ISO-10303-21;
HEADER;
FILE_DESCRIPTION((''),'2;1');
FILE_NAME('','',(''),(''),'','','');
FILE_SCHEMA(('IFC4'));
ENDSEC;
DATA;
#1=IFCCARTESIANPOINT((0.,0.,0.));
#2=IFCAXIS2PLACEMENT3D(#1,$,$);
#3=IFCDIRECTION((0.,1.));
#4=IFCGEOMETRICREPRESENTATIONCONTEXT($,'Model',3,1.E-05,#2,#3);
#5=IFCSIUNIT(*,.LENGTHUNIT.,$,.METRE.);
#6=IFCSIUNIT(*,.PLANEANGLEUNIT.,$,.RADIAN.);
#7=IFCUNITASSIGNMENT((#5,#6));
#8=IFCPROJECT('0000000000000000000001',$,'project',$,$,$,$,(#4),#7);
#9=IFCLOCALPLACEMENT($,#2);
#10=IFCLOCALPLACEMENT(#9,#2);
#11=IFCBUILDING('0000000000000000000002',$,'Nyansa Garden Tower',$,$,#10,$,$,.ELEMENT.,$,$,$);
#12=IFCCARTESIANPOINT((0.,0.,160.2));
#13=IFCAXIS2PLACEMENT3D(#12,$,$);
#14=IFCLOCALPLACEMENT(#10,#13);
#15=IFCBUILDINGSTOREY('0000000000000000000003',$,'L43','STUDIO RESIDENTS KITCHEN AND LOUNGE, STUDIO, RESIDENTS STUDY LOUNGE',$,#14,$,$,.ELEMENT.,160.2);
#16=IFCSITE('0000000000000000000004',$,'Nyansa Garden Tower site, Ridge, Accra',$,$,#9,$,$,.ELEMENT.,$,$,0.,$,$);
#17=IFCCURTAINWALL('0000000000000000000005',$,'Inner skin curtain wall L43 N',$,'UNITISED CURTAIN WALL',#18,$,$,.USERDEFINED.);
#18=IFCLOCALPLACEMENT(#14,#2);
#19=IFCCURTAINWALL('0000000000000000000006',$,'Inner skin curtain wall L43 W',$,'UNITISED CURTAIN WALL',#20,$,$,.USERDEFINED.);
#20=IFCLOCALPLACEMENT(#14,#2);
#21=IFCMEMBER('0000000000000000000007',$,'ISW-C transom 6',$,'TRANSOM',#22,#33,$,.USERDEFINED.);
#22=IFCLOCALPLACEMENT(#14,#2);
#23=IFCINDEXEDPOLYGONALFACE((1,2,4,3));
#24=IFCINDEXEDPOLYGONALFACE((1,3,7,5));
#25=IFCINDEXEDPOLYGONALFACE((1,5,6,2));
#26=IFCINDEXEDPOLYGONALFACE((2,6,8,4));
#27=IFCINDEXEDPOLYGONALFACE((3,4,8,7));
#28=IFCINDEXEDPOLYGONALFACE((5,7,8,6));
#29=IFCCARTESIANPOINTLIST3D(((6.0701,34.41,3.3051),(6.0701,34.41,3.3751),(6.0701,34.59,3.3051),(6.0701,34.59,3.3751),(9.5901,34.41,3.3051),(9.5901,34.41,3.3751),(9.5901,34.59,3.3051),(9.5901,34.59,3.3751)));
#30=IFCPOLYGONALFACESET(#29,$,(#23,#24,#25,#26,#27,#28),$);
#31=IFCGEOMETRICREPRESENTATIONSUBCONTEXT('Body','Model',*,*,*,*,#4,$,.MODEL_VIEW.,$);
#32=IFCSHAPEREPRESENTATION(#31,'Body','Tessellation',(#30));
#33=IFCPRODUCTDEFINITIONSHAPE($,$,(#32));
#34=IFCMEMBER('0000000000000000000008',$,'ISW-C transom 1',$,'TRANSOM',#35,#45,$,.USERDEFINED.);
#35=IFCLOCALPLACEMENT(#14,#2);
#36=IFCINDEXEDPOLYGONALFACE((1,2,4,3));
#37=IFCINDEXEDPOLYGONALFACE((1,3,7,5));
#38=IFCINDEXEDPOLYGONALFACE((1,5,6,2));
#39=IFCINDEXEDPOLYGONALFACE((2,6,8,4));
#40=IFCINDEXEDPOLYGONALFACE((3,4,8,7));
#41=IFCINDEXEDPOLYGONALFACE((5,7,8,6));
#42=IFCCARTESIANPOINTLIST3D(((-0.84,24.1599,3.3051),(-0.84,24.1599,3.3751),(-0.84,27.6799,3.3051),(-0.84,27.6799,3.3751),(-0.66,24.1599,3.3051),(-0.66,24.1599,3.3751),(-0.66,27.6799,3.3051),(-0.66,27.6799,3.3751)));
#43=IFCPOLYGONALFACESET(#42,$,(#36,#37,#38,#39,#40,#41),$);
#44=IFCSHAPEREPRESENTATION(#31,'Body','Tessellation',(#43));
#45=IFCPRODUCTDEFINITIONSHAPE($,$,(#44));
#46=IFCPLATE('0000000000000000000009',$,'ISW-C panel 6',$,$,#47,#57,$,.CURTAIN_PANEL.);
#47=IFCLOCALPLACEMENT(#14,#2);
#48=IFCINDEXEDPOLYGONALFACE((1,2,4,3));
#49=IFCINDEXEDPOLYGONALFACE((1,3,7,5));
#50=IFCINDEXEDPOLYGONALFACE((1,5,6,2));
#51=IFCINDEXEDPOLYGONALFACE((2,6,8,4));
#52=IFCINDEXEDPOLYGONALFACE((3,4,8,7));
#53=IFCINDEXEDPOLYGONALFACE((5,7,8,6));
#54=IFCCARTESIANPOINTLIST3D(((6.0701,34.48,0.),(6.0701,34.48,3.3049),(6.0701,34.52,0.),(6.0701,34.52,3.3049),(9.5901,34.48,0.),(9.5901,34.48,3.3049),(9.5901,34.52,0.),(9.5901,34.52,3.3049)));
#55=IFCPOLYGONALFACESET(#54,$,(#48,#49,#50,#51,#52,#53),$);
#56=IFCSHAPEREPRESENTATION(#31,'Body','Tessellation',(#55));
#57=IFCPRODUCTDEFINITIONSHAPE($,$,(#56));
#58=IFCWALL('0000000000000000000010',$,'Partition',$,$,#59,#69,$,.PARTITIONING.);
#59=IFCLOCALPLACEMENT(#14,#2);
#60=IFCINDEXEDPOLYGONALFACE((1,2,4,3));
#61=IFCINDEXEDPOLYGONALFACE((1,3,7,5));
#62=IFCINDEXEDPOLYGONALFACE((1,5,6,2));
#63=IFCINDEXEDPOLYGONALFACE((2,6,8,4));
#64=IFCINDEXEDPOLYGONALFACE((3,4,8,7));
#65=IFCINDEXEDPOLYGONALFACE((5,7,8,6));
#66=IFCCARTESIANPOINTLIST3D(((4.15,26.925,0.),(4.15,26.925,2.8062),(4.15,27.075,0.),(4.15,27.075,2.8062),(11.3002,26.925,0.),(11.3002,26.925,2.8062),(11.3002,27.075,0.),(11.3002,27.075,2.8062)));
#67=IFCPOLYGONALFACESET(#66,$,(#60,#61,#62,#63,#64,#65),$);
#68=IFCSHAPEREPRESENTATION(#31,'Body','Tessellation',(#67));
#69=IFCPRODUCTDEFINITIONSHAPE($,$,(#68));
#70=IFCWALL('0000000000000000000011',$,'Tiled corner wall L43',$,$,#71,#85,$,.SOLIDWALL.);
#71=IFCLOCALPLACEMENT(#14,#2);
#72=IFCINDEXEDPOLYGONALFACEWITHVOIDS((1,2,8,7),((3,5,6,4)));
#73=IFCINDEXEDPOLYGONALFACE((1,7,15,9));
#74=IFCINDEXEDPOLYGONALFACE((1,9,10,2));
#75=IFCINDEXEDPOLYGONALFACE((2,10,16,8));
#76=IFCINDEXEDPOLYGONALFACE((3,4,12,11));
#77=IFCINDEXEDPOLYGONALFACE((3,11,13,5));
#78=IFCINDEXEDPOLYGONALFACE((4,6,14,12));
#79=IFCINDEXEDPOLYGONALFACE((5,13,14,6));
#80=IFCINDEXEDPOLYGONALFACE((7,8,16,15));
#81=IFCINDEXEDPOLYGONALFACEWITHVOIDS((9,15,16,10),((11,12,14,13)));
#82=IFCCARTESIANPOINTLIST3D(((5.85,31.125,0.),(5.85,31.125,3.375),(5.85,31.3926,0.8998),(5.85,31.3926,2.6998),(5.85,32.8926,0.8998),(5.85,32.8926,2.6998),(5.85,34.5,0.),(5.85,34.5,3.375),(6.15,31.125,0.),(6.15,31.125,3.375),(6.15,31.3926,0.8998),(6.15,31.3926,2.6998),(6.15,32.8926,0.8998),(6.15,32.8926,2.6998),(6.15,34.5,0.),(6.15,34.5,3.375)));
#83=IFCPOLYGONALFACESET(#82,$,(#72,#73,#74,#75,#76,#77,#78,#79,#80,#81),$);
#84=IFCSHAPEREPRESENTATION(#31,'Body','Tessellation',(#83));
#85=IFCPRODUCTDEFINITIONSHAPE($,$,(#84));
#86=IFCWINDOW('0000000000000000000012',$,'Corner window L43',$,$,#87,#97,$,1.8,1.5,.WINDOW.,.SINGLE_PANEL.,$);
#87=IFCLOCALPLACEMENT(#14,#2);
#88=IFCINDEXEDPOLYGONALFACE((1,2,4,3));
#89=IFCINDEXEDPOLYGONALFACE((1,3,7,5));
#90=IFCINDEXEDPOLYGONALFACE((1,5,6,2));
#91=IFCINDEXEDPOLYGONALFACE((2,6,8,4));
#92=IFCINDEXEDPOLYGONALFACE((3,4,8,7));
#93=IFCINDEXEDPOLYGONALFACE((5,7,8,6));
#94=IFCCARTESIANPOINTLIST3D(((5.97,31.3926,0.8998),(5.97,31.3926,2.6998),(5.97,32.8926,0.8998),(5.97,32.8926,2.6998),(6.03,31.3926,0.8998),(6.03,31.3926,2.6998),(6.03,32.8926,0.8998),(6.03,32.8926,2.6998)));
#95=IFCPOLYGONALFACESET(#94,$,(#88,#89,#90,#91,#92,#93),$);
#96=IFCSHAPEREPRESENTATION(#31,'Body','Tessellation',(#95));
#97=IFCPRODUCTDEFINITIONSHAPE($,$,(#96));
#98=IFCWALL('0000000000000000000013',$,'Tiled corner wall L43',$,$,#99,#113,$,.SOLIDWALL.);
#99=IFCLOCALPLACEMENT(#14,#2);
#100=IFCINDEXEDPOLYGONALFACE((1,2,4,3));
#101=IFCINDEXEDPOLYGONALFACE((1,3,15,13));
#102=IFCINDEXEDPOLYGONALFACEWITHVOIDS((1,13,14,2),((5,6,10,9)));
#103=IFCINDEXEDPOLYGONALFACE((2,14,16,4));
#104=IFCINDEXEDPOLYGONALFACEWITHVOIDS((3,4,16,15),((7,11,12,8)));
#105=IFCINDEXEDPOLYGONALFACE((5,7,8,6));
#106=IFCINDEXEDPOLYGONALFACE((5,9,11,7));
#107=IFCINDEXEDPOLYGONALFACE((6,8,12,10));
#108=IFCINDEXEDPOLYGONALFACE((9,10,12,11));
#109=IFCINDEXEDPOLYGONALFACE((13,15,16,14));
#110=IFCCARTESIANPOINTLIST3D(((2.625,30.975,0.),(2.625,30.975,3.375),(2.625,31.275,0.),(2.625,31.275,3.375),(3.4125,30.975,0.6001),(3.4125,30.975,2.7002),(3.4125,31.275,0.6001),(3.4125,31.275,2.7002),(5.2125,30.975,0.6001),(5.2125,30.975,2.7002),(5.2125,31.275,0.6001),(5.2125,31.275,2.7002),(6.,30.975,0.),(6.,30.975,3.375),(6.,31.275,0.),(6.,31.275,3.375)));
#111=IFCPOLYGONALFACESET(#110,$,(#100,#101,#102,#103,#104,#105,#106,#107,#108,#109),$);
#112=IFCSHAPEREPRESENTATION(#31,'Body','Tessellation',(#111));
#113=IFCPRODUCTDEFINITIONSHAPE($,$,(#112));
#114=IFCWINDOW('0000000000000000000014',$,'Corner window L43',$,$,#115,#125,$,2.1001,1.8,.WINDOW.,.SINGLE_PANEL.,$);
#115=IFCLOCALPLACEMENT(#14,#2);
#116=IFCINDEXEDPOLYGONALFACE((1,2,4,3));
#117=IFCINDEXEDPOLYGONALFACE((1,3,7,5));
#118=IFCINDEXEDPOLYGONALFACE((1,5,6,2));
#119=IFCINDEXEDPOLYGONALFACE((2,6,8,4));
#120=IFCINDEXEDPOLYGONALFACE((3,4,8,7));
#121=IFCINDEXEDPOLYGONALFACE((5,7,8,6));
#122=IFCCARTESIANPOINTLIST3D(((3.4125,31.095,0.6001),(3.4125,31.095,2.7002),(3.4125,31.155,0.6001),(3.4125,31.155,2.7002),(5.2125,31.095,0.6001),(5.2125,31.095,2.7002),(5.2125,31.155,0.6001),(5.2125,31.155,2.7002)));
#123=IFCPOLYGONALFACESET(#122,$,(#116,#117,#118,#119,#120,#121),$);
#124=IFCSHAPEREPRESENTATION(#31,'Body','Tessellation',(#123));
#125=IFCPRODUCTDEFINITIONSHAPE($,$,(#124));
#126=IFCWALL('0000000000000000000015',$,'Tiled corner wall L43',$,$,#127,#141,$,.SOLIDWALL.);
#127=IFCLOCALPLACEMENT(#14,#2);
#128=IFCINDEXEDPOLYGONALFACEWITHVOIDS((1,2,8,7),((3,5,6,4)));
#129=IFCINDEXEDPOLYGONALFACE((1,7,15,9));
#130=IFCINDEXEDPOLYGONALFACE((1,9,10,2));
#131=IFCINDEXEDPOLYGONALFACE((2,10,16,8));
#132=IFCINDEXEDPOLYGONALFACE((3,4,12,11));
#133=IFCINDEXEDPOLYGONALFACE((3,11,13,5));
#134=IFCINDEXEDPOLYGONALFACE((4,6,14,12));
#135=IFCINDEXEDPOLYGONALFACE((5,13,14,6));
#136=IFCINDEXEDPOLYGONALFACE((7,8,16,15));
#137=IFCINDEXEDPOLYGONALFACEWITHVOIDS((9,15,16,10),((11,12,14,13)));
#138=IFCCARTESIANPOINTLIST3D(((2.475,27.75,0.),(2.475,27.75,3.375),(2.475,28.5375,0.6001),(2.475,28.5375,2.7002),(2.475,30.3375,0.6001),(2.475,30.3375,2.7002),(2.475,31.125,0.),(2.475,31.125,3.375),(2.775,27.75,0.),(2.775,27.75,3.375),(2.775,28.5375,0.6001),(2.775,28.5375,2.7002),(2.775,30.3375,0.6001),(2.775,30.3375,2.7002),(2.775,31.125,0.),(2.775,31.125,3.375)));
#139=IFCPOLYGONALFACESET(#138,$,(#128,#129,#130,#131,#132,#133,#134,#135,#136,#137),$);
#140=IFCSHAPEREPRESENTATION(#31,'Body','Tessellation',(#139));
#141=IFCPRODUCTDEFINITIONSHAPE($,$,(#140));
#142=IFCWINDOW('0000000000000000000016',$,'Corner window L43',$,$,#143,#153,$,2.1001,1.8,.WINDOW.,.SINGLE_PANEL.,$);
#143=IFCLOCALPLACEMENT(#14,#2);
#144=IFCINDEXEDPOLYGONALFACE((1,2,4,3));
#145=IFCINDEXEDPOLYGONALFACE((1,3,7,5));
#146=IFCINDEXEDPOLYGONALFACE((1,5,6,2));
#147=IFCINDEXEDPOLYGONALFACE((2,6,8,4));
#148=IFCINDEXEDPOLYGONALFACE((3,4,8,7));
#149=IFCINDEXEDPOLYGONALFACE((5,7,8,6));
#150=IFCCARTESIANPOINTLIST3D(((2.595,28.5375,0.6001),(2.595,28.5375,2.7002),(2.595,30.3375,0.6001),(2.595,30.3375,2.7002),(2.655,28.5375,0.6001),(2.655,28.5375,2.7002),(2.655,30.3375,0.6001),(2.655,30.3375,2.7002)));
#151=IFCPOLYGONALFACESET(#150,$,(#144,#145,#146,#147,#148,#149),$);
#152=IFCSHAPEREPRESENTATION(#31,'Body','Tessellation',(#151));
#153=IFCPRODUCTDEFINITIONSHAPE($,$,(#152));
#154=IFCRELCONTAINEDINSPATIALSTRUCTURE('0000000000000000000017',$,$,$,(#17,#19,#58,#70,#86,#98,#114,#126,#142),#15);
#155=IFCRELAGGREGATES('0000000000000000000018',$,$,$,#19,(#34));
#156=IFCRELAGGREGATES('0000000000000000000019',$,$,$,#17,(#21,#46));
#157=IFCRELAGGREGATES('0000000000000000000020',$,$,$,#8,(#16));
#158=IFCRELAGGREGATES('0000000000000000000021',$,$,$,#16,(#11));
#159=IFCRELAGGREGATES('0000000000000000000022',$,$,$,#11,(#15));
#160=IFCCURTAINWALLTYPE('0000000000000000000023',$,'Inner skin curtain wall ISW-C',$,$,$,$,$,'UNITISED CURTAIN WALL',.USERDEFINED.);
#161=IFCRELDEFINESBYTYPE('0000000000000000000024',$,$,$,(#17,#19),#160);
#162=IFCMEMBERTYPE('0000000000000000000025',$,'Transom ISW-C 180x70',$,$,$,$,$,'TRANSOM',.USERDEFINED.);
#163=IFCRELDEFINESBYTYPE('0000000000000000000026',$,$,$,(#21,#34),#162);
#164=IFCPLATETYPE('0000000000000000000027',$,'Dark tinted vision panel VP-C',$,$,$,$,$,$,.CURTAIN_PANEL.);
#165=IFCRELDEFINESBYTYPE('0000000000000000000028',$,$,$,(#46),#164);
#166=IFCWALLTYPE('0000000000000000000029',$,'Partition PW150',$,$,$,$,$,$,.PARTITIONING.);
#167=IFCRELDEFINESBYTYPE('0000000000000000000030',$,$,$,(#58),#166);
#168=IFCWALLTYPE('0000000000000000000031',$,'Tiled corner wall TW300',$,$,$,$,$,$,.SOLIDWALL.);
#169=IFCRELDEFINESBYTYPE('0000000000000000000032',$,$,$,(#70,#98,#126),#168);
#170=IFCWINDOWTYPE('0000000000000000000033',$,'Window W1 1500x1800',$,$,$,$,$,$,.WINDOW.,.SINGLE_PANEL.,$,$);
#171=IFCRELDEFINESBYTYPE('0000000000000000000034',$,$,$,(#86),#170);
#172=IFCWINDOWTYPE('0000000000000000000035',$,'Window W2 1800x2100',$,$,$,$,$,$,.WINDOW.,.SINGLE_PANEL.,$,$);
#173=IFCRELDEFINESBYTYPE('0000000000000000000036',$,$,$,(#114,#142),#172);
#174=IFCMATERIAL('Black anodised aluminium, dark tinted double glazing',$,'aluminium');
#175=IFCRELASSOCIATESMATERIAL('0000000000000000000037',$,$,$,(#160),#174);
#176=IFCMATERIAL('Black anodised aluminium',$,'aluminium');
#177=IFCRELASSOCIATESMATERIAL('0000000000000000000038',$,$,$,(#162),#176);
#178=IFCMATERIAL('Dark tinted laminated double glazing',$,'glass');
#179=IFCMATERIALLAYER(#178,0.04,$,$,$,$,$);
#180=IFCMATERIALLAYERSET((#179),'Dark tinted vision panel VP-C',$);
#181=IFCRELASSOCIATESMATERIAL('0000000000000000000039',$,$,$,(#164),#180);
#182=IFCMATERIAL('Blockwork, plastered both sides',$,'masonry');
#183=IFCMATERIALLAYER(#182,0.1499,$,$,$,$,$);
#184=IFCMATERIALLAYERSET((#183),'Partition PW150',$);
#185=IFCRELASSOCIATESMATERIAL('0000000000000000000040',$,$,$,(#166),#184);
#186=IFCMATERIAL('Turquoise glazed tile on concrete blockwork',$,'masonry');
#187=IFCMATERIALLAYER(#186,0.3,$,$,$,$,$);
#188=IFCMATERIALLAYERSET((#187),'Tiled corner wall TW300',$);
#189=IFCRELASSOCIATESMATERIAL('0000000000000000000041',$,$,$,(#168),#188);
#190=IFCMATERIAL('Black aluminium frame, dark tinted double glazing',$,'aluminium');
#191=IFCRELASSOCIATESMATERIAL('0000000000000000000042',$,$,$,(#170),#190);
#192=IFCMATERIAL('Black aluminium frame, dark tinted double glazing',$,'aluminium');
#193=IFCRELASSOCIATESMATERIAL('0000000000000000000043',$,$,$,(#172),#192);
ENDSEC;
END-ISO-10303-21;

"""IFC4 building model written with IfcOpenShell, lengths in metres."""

from ifc_helpers import new_model, si_unit, direction, frame, frame_2d, origin, origin_2d, place, context, subcontext, project, spatial, rectangle, extrude, material, layer, layer_set, material_profile, profile_set, type_object, element, fill, aggregate, save


model = new_model("IFC4")

# Units and contexts
model_context = context("Model", 3, precision=1e-05, world=origin(), true_north=direction((0.0, 1.0)))
body_context = subcontext(model_context, "Body", "Model", "MODEL_VIEW")
ifc_project = project(units=[si_unit("LENGTHUNIT", "METRE"), si_unit("PLANEANGLEUNIT", "RADIAN")], contexts=[model_context])

# Site, building, storey
site_placement = place(None, origin())
site = spatial("IfcSite", under=ifc_project, at=site_placement, Name="Nyansa Garden Tower site, Ridge, Accra", CompositionType="ELEMENT", RefElevation=0.0)
building_placement = place(site_placement, origin())
building = spatial("IfcBuilding", under=site, at=building_placement, Name="Nyansa Garden Tower", CompositionType="ELEMENT")
storey_placement = place(building_placement, frame((0.0, 0.0, 160.2)))
storey = spatial("IfcBuildingStorey", under=building, at=storey_placement, Name="L43", Description="STUDIO RESIDENTS KITCHEN AND LOUNGE, STUDIO, RESIDENTS STUDY LOUNGE", CompositionType="ELEMENT", Elevation=160.2)

# Curtain wall
ifc_material_1 = material(Name="Black anodised aluminium, dark tinted double glazing", Category="aluminium")
curtain_wall_type = type_object("IfcCurtainWallType", Name="Inner skin curtain wall ISW-C", ElementType="UNITISED CURTAIN WALL", PredefinedType="USERDEFINED", material=ifc_material_1)
curtain_wall_1_placement = place(storey_placement, origin())
curtain_wall_1 = element("IfcCurtainWall", 1, at=curtain_wall_1_placement, inside=storey, type_object=curtain_wall_type, Name="Inner skin curtain wall L43 N", ObjectType="UNITISED CURTAIN WALL", PredefinedType="USERDEFINED")

# Curtain wall
curtain_wall_2_placement = place(storey_placement, origin())
curtain_wall_2 = element("IfcCurtainWall", 2, at=curtain_wall_2_placement, inside=storey, type_object=curtain_wall_type, Name="Inner skin curtain wall L43 W", ObjectType="UNITISED CURTAIN WALL", PredefinedType="USERDEFINED")

# Members
ifc_material_2 = material(Name="Black anodised aluminium", Category="aluminium")
ifc_material_profile_1 = material_profile(ifc_material_2, rectangle(XDim=0.1799, YDim=0.0701, at=origin_2d()), Name="Transom 180x70")
ifc_profile_set_1 = profile_set([ifc_material_profile_1], Name="Black anodised aluminium")
member_type_1 = type_object("IfcMemberType", Name="Transom ISW-C 180x70", ElementType="TRANSOM", PredefinedType="USERDEFINED", material=ifc_profile_set_1)
member_1_placement = place(storey_placement, frame((9.5901, 34.5, 3.3401), z_axis=(-1.0, 0.0, 0.0), x_axis=(0.0, -1.0, 0.0)))
member_1 = element("IfcMember", 3, at=member_1_placement, type_object=member_type_1, Name="ISW-C transom 6", ObjectType="TRANSOM", PredefinedType="USERDEFINED", context=body_context, shape_type="SweptSolid", body=[
    extrude(rectangle(XDim=0.1799, YDim=0.0701, at=origin_2d()), origin(), (0.0, 0.0, 1.0), 3.52),
])
member_2_placement = place(storey_placement, frame((-0.75, 27.6799, 3.3401), z_axis=(0.0, -1.0, 0.0), x_axis=(1.0, 0.0, 0.0)))
member_2 = element("IfcMember", 4, at=member_2_placement, type_object=member_type_1, Name="ISW-C transom 1", ObjectType="TRANSOM", PredefinedType="USERDEFINED", context=body_context, shape_type="SweptSolid", body=[
    extrude(rectangle(XDim=0.1799, YDim=0.0701, at=origin_2d()), origin(), (0.0, 0.0, 1.0), 3.52),
])
aggregate(curtain_wall_2, [member_2])

# Plate
ifc_material_3 = material(Name="Dark tinted laminated double glazing", Category="glass")
ifc_layer_1 = layer(ifc_material_3, 0.04)
ifc_layer_set_1 = layer_set([ifc_layer_1], Name="Dark tinted vision panel VP-C")
plate_type = type_object("IfcPlateType", Name="Dark tinted vision panel VP-C", PredefinedType="CURTAIN_PANEL", material=ifc_layer_set_1)
plate_placement = place(storey_placement, frame((7.8301, 34.5, 0.0), z_axis=(0.0, 0.0, 1.0), x_axis=(-1.0, 0.0, 0.0)))
plate = element("IfcPlate", 5, at=plate_placement, type_object=plate_type, Name="ISW-C panel 6", PredefinedType="CURTAIN_PANEL", context=body_context, shape_type="SweptSolid", body=[
    extrude(rectangle(XDim=3.52, YDim=0.04, at=origin_2d()), origin(), (0.0, 0.0, 1.0), 3.3049),
])
aggregate(curtain_wall_1, [member_1, plate])

# Wall
ifc_material_4 = material(Name="Blockwork, plastered both sides", Category="masonry")
ifc_layer_2 = layer(ifc_material_4, 0.1499)
ifc_layer_set_2 = layer_set([ifc_layer_2], Name="Partition PW150")
wall_type_1 = type_object("IfcWallType", Name="Partition PW150", PredefinedType="PARTITIONING", material=ifc_layer_set_2)
wall_1_placement = place(storey_placement, frame((4.1499, 27.0, 0.0), z_axis=(0.0, 0.0, 1.0), x_axis=(1.0, 0.0, 0.0)))
element("IfcWall", 6, at=wall_1_placement, inside=storey, type_object=wall_type_1, Name="Partition", PredefinedType="PARTITIONING", context=body_context, shape_type="SweptSolid", body=[
    extrude(rectangle(XDim=7.1501, YDim=0.1499, at=frame_2d((3.5752, 0.0))), origin(), (0.0, 0.0, 1.0), 2.8062),
])

# Walls, openings, windows
ifc_material_5 = material(Name="Turquoise glazed tile on concrete blockwork", Category="masonry")
ifc_layer_3 = layer(ifc_material_5, 0.3)
ifc_layer_set_3 = layer_set([ifc_layer_3], Name="Tiled corner wall TW300")
wall_type_2 = type_object("IfcWallType", Name="Tiled corner wall TW300", PredefinedType="SOLIDWALL", material=ifc_layer_set_3)
wall_2_placement = place(storey_placement, frame((6.0, 34.5, 0.0), z_axis=(0.0, 0.0, 1.0), x_axis=(0.0, -1.0, 0.0)))
wall_2 = element("IfcWall", 7, at=wall_2_placement, inside=storey, type_object=wall_type_2, Name="Tiled corner wall L43", PredefinedType="SOLIDWALL", context=body_context, shape_type="SweptSolid", body=[
    extrude(rectangle(XDim=3.375, YDim=0.3, at=frame_2d((1.6875, 0.0))), origin(), (0.0, 0.0, 1.0), 3.375),
])
opening_1_placement = place(wall_2_placement, frame((1.6074, 0.0, 0.8999)))
opening_1 = element("IfcOpeningElement", 8, at=opening_1_placement, cuts=wall_2, PredefinedType="OPENING", context=body_context, shape_type="SweptSolid", body=[
    extrude(rectangle(XDim=1.5, YDim=1.8, at=frame_2d((0.75, 0.8999))), frame((0.0, 0.1599, 0.0), z_axis=(0.0, -1.0, 0.0), x_axis=(1.0, 0.0, 0.0)), (0.0, 0.0, 1.0), 0.3201),
])
ifc_material_6 = material(Name="Black aluminium frame, dark tinted double glazing", Category="aluminium")
window_type_1 = type_object("IfcWindowType", Name="Window W1 1500x1800", PartitioningType="SINGLE_PANEL", PredefinedType="WINDOW", material=ifc_material_6)
window_1_placement = place(opening_1_placement, origin())
window_1 = element("IfcWindow", 9, at=window_1_placement, inside=storey, type_object=window_type_1, Name="Corner window L43", OverallHeight=1.8, OverallWidth=1.5, PartitioningType="SINGLE_PANEL", PredefinedType="WINDOW", context=body_context, shape_type="SweptSolid", body=[
    extrude(rectangle(XDim=1.5, YDim=1.8, at=frame_2d((0.75, 0.8999))), frame((0.0, 0.03, 0.0), z_axis=(0.0, -1.0, 0.0), x_axis=(1.0, 0.0, 0.0)), (0.0, 0.0, 1.0), 0.0601),
])
fill(opening_1, window_1)
wall_3_placement = place(storey_placement, frame((6.0, 31.125, 0.0), z_axis=(0.0, 0.0, 1.0), x_axis=(-1.0, 0.0, 0.0)))
wall_3 = element("IfcWall", 10, at=wall_3_placement, inside=storey, type_object=wall_type_2, Name="Tiled corner wall L43", PredefinedType="SOLIDWALL", context=body_context, shape_type="SweptSolid", body=[
    extrude(rectangle(XDim=3.375, YDim=0.3, at=frame_2d((1.6875, 0.0))), origin(), (0.0, 0.0, 1.0), 3.375),
])
opening_2_placement = place(wall_3_placement, frame((0.7876, 0.0, 0.6001)))
opening_2 = element("IfcOpeningElement", 11, at=opening_2_placement, cuts=wall_3, PredefinedType="OPENING", context=body_context, shape_type="SweptSolid", body=[
    extrude(rectangle(XDim=1.8, YDim=2.1001, at=frame_2d((0.8999, 1.05))), frame((0.0, 0.1599, 0.0), z_axis=(0.0, -1.0, 0.0), x_axis=(1.0, 0.0, 0.0)), (0.0, 0.0, 1.0), 0.3201),
])
ifc_material_7 = material(Name="Black aluminium frame, dark tinted double glazing", Category="aluminium")
window_type_2 = type_object("IfcWindowType", Name="Window W2 1800x2100", PartitioningType="SINGLE_PANEL", PredefinedType="WINDOW", material=ifc_material_7)
window_2_placement = place(opening_2_placement, origin())
window_2 = element("IfcWindow", 12, at=window_2_placement, inside=storey, type_object=window_type_2, Name="Corner window L43", OverallHeight=2.1001, OverallWidth=1.8, PartitioningType="SINGLE_PANEL", PredefinedType="WINDOW", context=body_context, shape_type="SweptSolid", body=[
    extrude(rectangle(XDim=1.8, YDim=2.1001, at=frame_2d((0.8999, 1.05))), frame((0.0, 0.03, 0.0), z_axis=(0.0, -1.0, 0.0), x_axis=(1.0, 0.0, 0.0)), (0.0, 0.0, 1.0), 0.0601),
])
fill(opening_2, window_2)
wall_4_placement = place(storey_placement, frame((2.625, 31.125, 0.0), z_axis=(0.0, 0.0, 1.0), x_axis=(0.0, -1.0, 0.0)))
wall_4 = element("IfcWall", 13, at=wall_4_placement, inside=storey, type_object=wall_type_2, Name="Tiled corner wall L43", PredefinedType="SOLIDWALL", context=body_context, shape_type="SweptSolid", body=[
    extrude(rectangle(XDim=3.375, YDim=0.3, at=frame_2d((1.6875, 0.0))), origin(), (0.0, 0.0, 1.0), 3.375),
])
opening_3_placement = place(wall_4_placement, frame((0.7876, 0.0, 0.6001)))
opening_3 = element("IfcOpeningElement", 14, at=opening_3_placement, cuts=wall_4, PredefinedType="OPENING", context=body_context, shape_type="SweptSolid", body=[
    extrude(rectangle(XDim=1.8, YDim=2.1001, at=frame_2d((0.8999, 1.05))), frame((0.0, 0.1599, 0.0), z_axis=(0.0, -1.0, 0.0), x_axis=(1.0, 0.0, 0.0)), (0.0, 0.0, 1.0), 0.3201),
])
window_3_placement = place(opening_3_placement, origin())
window_3 = element("IfcWindow", 15, at=window_3_placement, inside=storey, type_object=window_type_2, Name="Corner window L43", OverallHeight=2.1001, OverallWidth=1.8, PartitioningType="SINGLE_PANEL", PredefinedType="WINDOW", context=body_context, shape_type="SweptSolid", body=[
    extrude(rectangle(XDim=1.8, YDim=2.1001, at=frame_2d((0.8999, 1.05))), frame((0.0, 0.03, 0.0), z_axis=(0.0, -1.0, 0.0), x_axis=(1.0, 0.0, 0.0)), (0.0, 0.0, 1.0), 0.0601),
])
fill(opening_3, window_3)

save(model, "model.ifc")
